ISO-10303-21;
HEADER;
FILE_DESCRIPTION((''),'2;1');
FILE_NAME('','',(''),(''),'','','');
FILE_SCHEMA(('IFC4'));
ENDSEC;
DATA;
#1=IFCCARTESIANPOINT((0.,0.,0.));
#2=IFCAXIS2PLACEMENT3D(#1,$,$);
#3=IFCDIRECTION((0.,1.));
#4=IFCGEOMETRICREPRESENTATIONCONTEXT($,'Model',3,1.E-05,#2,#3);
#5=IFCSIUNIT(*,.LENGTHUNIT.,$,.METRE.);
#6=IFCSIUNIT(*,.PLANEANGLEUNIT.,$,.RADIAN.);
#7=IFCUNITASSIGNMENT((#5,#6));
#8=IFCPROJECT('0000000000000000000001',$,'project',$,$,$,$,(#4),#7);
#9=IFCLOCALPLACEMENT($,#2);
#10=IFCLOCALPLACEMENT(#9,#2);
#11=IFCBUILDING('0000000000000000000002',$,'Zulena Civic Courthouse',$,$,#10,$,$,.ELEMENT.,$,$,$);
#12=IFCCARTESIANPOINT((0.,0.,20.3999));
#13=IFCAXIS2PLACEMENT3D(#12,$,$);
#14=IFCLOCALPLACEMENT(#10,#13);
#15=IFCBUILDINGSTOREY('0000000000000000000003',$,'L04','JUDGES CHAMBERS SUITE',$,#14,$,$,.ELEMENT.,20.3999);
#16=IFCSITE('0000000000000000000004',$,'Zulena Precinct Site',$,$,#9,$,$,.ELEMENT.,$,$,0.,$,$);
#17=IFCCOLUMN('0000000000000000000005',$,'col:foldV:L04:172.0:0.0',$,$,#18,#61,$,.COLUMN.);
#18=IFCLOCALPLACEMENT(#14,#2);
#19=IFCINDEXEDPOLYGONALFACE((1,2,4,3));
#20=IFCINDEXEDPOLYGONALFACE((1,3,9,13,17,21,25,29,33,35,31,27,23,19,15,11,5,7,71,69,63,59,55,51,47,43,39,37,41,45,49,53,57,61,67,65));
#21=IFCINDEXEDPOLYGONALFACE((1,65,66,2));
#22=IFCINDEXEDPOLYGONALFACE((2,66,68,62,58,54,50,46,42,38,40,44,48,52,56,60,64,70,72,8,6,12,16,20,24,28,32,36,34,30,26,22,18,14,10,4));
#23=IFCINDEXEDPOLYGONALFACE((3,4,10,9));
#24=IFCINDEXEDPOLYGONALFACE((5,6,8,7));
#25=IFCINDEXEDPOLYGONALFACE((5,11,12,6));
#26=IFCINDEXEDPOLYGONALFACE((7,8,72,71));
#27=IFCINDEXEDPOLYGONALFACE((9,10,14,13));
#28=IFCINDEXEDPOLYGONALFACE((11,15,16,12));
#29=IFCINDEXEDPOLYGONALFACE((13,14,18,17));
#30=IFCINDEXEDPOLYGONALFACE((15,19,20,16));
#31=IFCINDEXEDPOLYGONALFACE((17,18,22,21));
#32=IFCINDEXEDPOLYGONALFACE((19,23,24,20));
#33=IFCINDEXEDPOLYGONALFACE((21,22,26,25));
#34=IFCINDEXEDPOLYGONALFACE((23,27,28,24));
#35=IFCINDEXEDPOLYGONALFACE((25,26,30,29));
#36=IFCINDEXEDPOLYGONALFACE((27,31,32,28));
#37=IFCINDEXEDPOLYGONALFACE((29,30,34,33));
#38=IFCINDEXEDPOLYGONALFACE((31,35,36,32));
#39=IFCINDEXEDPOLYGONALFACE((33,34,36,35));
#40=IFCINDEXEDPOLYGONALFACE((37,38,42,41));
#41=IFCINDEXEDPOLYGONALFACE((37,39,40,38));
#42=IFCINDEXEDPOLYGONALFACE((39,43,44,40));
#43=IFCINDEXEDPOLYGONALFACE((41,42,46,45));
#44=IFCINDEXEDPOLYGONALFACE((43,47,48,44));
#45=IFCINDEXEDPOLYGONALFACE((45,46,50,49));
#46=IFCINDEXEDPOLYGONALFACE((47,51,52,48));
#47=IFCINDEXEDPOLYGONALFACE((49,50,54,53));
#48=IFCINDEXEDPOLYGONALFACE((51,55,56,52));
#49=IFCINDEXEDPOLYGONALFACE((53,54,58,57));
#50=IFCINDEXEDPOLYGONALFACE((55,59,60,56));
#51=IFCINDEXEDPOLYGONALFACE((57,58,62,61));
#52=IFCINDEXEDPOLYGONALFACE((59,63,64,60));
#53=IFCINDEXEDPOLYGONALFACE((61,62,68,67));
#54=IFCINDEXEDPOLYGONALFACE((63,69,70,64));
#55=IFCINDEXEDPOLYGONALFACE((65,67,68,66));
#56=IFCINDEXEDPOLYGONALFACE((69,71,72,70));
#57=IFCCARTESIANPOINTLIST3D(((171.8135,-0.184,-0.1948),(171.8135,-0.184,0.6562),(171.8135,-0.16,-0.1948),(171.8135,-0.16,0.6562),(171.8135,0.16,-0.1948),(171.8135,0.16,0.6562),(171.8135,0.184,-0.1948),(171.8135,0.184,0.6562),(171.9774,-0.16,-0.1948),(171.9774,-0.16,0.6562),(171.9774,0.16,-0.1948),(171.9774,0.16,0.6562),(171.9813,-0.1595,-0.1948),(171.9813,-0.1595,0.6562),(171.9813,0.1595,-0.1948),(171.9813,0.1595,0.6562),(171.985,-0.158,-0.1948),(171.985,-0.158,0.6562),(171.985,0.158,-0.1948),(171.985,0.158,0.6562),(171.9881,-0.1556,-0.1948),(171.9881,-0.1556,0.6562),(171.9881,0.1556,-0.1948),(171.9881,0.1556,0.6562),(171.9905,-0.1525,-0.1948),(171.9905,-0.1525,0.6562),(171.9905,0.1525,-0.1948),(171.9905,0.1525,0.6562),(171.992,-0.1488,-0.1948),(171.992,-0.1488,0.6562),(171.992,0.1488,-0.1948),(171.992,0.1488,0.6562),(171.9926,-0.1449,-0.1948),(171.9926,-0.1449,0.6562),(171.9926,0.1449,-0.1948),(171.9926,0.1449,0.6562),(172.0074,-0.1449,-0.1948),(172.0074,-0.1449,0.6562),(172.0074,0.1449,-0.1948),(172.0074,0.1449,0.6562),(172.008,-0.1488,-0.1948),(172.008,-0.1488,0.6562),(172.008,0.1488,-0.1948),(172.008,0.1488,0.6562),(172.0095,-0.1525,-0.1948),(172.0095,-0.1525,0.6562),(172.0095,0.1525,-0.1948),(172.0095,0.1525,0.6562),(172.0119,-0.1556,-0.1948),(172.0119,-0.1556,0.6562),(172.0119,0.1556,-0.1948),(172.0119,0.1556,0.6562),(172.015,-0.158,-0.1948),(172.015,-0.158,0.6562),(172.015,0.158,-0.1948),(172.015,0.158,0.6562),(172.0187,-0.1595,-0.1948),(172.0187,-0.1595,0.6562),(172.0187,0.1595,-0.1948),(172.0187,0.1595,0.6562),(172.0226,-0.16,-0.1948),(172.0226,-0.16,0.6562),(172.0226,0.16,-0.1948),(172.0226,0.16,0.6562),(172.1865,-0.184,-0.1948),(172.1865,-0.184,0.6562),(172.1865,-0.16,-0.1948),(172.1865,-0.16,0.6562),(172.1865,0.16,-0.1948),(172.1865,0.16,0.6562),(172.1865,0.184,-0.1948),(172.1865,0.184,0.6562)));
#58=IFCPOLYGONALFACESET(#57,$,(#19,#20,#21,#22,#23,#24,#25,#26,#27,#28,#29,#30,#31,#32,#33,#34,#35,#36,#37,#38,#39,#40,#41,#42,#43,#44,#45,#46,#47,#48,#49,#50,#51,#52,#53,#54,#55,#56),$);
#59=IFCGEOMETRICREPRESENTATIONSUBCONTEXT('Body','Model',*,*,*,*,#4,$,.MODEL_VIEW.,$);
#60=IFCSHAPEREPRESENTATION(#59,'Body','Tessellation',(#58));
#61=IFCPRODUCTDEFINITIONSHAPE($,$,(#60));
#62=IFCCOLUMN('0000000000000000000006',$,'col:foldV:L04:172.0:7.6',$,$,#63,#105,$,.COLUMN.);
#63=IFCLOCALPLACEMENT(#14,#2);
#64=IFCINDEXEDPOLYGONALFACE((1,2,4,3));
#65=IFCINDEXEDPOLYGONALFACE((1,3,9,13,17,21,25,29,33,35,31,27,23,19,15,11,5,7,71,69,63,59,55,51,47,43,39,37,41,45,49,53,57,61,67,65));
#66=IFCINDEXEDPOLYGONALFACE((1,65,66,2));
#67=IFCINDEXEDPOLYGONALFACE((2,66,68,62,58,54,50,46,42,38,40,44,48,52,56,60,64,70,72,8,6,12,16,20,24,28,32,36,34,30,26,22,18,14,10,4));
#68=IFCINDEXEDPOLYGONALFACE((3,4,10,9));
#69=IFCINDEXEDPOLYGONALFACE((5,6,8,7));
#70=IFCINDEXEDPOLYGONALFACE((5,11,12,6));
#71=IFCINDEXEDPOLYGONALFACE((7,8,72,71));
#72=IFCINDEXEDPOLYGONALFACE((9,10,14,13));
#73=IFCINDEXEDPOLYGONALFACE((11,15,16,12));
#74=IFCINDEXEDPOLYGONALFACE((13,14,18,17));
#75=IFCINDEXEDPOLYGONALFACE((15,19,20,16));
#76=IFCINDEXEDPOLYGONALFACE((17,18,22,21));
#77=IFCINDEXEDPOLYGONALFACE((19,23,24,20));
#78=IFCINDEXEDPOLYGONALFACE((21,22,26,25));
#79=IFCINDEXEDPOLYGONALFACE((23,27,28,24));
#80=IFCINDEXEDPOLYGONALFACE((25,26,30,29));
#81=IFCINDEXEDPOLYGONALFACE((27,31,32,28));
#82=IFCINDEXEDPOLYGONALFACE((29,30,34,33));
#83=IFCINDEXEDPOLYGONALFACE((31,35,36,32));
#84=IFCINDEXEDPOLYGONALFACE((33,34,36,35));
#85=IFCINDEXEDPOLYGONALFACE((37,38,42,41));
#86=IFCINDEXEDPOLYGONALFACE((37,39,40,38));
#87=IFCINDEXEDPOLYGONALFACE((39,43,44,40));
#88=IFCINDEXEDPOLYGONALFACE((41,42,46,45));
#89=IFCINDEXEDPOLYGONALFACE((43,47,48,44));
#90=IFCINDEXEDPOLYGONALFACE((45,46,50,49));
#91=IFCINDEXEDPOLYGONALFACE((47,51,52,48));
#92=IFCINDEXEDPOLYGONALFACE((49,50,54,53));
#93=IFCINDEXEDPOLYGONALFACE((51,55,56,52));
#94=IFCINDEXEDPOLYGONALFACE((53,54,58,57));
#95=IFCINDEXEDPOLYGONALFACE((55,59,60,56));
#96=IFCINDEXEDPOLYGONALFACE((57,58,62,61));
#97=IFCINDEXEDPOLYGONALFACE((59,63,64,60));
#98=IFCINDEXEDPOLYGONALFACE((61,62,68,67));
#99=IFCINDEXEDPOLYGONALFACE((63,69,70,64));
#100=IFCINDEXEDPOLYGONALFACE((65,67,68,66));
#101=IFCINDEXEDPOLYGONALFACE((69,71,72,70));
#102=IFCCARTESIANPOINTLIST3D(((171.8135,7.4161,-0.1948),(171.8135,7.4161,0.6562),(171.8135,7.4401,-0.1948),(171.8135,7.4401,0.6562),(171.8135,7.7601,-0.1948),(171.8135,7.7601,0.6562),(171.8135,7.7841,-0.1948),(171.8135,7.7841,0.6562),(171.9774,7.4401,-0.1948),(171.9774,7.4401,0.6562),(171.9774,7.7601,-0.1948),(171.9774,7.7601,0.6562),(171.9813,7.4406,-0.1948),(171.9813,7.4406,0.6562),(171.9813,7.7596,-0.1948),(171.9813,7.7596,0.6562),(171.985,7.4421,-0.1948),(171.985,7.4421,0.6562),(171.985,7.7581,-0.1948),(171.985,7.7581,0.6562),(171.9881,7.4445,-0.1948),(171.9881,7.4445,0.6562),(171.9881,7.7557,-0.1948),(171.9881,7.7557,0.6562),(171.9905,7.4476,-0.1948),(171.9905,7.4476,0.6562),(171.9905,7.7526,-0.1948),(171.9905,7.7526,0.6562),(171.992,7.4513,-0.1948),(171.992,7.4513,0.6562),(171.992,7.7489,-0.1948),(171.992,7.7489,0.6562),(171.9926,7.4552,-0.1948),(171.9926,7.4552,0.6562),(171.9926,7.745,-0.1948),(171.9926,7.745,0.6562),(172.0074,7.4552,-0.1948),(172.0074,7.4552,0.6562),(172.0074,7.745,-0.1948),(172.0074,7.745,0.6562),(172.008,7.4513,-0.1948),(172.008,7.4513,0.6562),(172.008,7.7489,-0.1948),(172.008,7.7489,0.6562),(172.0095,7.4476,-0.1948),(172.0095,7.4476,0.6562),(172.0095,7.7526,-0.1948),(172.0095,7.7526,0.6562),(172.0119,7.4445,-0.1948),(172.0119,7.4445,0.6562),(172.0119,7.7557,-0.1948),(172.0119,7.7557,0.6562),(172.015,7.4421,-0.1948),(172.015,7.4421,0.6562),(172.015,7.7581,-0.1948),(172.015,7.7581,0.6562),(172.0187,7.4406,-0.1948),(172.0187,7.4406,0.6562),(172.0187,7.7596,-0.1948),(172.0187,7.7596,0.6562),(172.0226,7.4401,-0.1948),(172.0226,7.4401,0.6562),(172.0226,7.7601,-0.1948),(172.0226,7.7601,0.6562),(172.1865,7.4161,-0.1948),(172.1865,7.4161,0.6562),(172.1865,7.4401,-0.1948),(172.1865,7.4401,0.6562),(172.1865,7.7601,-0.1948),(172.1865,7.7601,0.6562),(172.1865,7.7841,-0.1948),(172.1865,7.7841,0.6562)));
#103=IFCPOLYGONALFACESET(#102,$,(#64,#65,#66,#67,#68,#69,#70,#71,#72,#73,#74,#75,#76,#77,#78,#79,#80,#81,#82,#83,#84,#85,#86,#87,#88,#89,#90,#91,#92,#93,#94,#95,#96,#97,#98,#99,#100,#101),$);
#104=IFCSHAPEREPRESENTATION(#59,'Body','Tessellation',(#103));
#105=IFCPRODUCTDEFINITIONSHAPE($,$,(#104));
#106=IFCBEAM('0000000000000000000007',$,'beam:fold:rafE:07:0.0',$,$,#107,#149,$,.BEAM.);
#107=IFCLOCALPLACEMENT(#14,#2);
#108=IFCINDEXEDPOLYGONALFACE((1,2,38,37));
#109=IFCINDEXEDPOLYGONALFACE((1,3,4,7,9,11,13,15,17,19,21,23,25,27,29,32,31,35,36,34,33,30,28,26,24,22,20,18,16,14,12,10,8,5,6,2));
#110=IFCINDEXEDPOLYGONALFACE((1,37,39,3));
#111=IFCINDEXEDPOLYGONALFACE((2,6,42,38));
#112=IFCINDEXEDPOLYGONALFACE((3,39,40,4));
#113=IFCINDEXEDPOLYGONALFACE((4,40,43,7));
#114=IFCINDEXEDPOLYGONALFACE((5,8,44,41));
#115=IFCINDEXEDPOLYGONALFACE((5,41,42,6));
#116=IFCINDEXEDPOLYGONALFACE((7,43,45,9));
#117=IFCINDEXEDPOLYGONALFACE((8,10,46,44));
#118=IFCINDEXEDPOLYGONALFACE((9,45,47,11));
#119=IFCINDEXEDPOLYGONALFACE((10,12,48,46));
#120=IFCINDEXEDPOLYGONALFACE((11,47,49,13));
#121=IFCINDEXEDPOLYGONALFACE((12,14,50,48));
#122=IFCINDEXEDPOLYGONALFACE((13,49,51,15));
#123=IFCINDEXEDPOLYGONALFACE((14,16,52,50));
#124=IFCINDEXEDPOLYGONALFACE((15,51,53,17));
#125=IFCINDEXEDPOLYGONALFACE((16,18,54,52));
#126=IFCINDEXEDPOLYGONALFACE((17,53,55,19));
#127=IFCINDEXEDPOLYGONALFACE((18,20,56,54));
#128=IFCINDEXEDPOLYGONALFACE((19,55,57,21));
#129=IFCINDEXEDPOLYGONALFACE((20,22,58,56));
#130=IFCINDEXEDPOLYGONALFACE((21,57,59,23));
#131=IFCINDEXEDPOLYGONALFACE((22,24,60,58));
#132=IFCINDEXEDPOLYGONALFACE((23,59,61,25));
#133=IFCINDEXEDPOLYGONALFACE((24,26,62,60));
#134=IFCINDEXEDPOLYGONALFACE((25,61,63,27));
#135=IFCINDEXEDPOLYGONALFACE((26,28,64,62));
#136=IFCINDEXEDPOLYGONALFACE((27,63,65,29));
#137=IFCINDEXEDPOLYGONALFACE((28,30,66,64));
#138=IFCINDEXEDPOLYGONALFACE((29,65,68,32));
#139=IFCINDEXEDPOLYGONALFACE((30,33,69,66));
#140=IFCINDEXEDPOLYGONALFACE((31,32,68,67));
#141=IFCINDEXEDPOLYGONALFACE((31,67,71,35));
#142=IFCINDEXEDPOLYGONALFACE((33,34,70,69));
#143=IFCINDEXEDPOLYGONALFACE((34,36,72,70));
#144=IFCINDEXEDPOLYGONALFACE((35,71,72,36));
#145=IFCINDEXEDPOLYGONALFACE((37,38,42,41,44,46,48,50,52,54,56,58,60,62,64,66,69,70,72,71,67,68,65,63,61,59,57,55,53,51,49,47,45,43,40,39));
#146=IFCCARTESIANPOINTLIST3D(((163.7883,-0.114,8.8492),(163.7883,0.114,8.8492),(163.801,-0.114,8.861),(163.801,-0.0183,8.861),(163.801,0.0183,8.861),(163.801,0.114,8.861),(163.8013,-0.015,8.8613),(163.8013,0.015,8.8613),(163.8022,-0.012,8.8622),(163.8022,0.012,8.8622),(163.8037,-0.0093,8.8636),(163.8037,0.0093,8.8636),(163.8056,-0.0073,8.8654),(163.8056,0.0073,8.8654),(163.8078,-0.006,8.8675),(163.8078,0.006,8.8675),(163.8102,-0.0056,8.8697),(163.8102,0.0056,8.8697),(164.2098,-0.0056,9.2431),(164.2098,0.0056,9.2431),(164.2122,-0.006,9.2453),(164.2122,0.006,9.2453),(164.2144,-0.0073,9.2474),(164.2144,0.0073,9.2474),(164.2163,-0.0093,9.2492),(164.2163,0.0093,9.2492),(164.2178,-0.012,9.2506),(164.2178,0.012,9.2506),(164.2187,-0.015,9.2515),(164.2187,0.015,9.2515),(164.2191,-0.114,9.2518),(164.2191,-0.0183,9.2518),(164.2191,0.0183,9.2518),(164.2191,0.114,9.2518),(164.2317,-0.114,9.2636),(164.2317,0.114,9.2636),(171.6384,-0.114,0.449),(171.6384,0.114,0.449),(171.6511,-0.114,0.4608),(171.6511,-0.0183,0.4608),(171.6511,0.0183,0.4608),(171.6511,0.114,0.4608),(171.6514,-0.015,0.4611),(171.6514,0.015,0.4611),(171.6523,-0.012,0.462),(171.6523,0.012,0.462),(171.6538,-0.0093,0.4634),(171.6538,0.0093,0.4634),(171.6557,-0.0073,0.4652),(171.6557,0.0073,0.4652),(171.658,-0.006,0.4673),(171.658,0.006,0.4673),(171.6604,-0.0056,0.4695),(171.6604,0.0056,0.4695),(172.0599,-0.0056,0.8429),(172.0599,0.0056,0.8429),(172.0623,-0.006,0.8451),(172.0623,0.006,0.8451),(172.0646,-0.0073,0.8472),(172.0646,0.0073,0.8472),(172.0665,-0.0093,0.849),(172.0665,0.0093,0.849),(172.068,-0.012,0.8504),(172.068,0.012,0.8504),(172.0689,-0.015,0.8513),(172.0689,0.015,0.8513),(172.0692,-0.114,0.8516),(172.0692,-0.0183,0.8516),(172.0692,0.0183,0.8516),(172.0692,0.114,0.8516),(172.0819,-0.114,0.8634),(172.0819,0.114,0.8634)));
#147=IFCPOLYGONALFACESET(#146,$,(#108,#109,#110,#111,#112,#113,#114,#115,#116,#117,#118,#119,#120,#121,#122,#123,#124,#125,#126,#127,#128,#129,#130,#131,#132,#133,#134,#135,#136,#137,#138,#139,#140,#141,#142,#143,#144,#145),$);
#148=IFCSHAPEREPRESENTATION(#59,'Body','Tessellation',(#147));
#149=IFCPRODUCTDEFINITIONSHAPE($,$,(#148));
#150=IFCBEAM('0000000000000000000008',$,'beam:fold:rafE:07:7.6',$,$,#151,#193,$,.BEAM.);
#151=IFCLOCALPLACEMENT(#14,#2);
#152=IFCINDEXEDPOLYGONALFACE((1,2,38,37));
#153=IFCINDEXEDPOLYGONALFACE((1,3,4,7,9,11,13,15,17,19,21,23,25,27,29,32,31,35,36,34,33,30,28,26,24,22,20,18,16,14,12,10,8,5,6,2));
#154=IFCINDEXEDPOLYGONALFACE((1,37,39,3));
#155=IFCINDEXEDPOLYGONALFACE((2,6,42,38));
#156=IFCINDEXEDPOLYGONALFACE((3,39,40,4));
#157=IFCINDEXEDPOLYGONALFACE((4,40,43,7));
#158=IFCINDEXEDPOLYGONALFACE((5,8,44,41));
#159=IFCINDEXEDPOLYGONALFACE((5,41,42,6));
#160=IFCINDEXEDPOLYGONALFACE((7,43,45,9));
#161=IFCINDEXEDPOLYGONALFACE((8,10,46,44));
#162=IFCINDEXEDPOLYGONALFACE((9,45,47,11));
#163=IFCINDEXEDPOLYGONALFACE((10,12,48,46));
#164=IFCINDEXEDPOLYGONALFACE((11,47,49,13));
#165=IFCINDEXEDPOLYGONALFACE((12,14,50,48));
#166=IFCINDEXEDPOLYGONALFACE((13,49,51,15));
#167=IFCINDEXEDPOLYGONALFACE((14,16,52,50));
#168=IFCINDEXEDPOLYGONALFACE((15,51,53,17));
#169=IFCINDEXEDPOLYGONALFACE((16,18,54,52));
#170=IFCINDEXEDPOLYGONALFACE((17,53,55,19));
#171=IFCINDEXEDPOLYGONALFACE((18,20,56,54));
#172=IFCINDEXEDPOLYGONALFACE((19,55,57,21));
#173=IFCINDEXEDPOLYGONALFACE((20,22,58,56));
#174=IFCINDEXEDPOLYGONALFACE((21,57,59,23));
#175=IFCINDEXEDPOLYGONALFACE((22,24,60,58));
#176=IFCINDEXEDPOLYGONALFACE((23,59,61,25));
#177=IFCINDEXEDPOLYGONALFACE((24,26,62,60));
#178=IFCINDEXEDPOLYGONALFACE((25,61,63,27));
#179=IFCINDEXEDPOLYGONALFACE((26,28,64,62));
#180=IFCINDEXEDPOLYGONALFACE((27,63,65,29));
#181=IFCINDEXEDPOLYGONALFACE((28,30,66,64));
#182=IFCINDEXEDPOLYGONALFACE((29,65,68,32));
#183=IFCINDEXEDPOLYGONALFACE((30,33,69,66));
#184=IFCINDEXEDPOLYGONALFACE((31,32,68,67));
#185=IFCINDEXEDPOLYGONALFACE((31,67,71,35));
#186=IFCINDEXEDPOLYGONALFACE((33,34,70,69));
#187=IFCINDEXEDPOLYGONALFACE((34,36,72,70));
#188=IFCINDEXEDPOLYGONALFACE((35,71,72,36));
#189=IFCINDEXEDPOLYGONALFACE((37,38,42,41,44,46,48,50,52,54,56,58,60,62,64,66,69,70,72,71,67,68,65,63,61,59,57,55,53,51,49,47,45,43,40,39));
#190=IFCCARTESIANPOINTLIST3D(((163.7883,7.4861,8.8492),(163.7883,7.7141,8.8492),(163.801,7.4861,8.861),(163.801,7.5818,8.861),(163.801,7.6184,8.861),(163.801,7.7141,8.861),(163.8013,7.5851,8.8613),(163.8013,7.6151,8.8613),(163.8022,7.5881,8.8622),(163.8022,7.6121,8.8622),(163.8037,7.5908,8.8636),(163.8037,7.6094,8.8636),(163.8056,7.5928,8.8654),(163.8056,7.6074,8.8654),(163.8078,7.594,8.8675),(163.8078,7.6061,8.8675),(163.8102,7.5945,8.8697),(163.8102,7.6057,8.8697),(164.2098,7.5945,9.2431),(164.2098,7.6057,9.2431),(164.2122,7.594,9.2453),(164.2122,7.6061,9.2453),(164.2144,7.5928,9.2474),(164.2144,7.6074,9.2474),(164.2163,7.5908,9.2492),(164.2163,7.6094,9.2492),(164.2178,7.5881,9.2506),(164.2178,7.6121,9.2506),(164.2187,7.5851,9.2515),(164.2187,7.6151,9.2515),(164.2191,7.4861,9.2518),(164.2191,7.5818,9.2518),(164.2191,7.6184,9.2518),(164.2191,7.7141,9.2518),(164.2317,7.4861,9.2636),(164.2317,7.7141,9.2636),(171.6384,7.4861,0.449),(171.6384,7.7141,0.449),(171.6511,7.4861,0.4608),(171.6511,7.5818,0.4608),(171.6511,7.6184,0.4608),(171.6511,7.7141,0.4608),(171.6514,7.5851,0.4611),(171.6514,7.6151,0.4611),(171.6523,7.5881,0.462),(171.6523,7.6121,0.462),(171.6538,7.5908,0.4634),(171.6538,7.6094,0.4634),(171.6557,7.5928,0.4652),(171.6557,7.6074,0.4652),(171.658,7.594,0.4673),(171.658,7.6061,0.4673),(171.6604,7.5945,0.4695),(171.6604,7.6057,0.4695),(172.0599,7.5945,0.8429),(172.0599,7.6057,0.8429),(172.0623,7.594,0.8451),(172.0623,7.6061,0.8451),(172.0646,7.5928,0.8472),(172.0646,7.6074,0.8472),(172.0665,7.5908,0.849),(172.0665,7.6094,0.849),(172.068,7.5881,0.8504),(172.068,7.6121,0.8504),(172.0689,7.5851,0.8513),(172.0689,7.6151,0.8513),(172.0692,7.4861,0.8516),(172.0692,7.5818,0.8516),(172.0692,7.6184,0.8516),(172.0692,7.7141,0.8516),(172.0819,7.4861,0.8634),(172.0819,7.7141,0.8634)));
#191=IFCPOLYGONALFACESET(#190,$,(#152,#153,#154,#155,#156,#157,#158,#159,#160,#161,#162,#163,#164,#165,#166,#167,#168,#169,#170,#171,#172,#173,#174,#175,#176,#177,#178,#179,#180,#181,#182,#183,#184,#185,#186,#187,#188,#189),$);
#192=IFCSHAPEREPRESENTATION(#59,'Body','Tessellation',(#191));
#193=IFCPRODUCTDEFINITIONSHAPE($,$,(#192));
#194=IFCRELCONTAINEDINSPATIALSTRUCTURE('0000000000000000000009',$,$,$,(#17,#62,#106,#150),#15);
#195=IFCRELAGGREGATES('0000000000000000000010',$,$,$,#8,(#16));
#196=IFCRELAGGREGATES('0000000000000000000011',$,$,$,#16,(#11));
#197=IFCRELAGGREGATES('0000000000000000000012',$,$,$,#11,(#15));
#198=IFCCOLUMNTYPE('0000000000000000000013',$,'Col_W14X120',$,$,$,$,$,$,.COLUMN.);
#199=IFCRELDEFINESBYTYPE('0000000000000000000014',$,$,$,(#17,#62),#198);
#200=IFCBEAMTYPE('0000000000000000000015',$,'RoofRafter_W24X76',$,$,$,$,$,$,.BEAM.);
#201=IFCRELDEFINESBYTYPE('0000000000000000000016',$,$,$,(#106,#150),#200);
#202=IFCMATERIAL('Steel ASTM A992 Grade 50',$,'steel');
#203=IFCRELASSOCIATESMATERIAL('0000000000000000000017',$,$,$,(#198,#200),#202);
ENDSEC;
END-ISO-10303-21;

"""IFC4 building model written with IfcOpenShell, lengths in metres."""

from ifc_helpers import new_model, si_unit, direction, frame, origin, origin_2d, place, context, subcontext, project, spatial, i_section, extrude, material, material_profile, profile_set, type_object, element, save


model = new_model("IFC4")

# Units and contexts
model_context = context("Model", 3, precision=1e-05, world=origin(), true_north=direction((0.0, 1.0)))
body_context = subcontext(model_context, "Body", "Model", "MODEL_VIEW")
ifc_project = project(units=[si_unit("LENGTHUNIT", "METRE"), si_unit("PLANEANGLEUNIT", "RADIAN")], contexts=[model_context])

# Site, building, storey
site_placement = place(None, origin())
site = spatial("IfcSite", under=ifc_project, at=site_placement, Name="Zulena Precinct Site", CompositionType="ELEMENT", RefElevation=0.0)
building_placement = place(site_placement, origin())
building = spatial("IfcBuilding", under=site, at=building_placement, Name="Zulena Civic Courthouse", CompositionType="ELEMENT")
storey_placement = place(building_placement, frame((0.0, 0.0, 20.3999)))
storey = spatial("IfcBuildingStorey", under=building, at=storey_placement, Name="L04", Description="JUDGES CHAMBERS SUITE", CompositionType="ELEMENT", Elevation=20.3999)

# Columns
ifc_material_1 = material(Name="Steel ASTM A992 Grade 50", Category="steel")
ifc_material_profile_1 = material_profile(ifc_material_1, i_section(OverallWidth=0.373, OverallDepth=0.3679, WebThickness=0.0149, FlangeThickness=0.0239, FilletRadius=0.0151, at=origin_2d()), Name="W14X120")
ifc_profile_set_1 = profile_set([ifc_material_profile_1], Name="Steel ASTM A992 Grade 50")
column_type = type_object("IfcColumnType", Name="Col_W14X120", PredefinedType="COLUMN", material=ifc_profile_set_1)
for number, where, z_axis, x_axis, name in (
    (1, (172.0, 0.0, -0.1948), (0.0, 0.0, 1.0), (1.0, 0.0, 0.0), "col:foldV:L04:172.0:0.0"),
    (2, (172.0, 7.6001, -0.1948), (0.0, 0.0, 1.0), (1.0, 0.0, 0.0), "col:foldV:L04:172.0:7.6"),
):
    element("IfcColumn", number, at=place(storey_placement, frame(where, z_axis=z_axis, x_axis=x_axis)), inside=storey, type_object=column_type, Name=name, PredefinedType="COLUMN", context=body_context, shape_type="SweptSolid", body=[
        extrude(i_section(OverallWidth=0.373, OverallDepth=0.3679, WebThickness=0.0149, FlangeThickness=0.0239, FilletRadius=0.0151, at=origin_2d()), origin(), (0.0, 0.0, 1.0), 0.8511),
    ])

# Beams
ifc_material_profile_2 = material_profile(ifc_material_1, i_section(OverallWidth=0.228, OverallDepth=0.6069, WebThickness=0.0112, FlangeThickness=0.0173, FilletRadius=0.0127, at=origin_2d()), Name="W24X76")
ifc_profile_set_2 = profile_set([ifc_material_profile_2], Name="Steel ASTM A992 Grade 50")
beam_type_1 = type_object("IfcBeamType", Name="RoofRafter_W24X76", PredefinedType="BEAM", material=ifc_profile_set_2)
for number, where, z_axis, x_axis, name in (
    (3, (164.01, 0.0, 9.0564), (0.682781, 0.0, -0.730623), (0.0, 1.0, 0.0), "beam:fold:rafE:07:0.0"),
    (4, (164.01, 7.6001, 9.0564), (0.682781, 0.0, -0.730623), (0.0, 1.0, 0.0), "beam:fold:rafE:07:7.6"),
):
    element("IfcBeam", number, at=place(storey_placement, frame(where, z_axis=z_axis, x_axis=x_axis)), inside=storey, type_object=beam_type_1, Name=name, PredefinedType="BEAM", context=body_context, shape_type="SweptSolid", body=[
        extrude(i_section(OverallWidth=0.228, OverallDepth=0.6069, WebThickness=0.0112, FlangeThickness=0.0173, FilletRadius=0.0127, at=origin_2d()), origin(), (0.0, 0.0, 1.0), 11.4973),
    ])

save(model, "model.ifc")
